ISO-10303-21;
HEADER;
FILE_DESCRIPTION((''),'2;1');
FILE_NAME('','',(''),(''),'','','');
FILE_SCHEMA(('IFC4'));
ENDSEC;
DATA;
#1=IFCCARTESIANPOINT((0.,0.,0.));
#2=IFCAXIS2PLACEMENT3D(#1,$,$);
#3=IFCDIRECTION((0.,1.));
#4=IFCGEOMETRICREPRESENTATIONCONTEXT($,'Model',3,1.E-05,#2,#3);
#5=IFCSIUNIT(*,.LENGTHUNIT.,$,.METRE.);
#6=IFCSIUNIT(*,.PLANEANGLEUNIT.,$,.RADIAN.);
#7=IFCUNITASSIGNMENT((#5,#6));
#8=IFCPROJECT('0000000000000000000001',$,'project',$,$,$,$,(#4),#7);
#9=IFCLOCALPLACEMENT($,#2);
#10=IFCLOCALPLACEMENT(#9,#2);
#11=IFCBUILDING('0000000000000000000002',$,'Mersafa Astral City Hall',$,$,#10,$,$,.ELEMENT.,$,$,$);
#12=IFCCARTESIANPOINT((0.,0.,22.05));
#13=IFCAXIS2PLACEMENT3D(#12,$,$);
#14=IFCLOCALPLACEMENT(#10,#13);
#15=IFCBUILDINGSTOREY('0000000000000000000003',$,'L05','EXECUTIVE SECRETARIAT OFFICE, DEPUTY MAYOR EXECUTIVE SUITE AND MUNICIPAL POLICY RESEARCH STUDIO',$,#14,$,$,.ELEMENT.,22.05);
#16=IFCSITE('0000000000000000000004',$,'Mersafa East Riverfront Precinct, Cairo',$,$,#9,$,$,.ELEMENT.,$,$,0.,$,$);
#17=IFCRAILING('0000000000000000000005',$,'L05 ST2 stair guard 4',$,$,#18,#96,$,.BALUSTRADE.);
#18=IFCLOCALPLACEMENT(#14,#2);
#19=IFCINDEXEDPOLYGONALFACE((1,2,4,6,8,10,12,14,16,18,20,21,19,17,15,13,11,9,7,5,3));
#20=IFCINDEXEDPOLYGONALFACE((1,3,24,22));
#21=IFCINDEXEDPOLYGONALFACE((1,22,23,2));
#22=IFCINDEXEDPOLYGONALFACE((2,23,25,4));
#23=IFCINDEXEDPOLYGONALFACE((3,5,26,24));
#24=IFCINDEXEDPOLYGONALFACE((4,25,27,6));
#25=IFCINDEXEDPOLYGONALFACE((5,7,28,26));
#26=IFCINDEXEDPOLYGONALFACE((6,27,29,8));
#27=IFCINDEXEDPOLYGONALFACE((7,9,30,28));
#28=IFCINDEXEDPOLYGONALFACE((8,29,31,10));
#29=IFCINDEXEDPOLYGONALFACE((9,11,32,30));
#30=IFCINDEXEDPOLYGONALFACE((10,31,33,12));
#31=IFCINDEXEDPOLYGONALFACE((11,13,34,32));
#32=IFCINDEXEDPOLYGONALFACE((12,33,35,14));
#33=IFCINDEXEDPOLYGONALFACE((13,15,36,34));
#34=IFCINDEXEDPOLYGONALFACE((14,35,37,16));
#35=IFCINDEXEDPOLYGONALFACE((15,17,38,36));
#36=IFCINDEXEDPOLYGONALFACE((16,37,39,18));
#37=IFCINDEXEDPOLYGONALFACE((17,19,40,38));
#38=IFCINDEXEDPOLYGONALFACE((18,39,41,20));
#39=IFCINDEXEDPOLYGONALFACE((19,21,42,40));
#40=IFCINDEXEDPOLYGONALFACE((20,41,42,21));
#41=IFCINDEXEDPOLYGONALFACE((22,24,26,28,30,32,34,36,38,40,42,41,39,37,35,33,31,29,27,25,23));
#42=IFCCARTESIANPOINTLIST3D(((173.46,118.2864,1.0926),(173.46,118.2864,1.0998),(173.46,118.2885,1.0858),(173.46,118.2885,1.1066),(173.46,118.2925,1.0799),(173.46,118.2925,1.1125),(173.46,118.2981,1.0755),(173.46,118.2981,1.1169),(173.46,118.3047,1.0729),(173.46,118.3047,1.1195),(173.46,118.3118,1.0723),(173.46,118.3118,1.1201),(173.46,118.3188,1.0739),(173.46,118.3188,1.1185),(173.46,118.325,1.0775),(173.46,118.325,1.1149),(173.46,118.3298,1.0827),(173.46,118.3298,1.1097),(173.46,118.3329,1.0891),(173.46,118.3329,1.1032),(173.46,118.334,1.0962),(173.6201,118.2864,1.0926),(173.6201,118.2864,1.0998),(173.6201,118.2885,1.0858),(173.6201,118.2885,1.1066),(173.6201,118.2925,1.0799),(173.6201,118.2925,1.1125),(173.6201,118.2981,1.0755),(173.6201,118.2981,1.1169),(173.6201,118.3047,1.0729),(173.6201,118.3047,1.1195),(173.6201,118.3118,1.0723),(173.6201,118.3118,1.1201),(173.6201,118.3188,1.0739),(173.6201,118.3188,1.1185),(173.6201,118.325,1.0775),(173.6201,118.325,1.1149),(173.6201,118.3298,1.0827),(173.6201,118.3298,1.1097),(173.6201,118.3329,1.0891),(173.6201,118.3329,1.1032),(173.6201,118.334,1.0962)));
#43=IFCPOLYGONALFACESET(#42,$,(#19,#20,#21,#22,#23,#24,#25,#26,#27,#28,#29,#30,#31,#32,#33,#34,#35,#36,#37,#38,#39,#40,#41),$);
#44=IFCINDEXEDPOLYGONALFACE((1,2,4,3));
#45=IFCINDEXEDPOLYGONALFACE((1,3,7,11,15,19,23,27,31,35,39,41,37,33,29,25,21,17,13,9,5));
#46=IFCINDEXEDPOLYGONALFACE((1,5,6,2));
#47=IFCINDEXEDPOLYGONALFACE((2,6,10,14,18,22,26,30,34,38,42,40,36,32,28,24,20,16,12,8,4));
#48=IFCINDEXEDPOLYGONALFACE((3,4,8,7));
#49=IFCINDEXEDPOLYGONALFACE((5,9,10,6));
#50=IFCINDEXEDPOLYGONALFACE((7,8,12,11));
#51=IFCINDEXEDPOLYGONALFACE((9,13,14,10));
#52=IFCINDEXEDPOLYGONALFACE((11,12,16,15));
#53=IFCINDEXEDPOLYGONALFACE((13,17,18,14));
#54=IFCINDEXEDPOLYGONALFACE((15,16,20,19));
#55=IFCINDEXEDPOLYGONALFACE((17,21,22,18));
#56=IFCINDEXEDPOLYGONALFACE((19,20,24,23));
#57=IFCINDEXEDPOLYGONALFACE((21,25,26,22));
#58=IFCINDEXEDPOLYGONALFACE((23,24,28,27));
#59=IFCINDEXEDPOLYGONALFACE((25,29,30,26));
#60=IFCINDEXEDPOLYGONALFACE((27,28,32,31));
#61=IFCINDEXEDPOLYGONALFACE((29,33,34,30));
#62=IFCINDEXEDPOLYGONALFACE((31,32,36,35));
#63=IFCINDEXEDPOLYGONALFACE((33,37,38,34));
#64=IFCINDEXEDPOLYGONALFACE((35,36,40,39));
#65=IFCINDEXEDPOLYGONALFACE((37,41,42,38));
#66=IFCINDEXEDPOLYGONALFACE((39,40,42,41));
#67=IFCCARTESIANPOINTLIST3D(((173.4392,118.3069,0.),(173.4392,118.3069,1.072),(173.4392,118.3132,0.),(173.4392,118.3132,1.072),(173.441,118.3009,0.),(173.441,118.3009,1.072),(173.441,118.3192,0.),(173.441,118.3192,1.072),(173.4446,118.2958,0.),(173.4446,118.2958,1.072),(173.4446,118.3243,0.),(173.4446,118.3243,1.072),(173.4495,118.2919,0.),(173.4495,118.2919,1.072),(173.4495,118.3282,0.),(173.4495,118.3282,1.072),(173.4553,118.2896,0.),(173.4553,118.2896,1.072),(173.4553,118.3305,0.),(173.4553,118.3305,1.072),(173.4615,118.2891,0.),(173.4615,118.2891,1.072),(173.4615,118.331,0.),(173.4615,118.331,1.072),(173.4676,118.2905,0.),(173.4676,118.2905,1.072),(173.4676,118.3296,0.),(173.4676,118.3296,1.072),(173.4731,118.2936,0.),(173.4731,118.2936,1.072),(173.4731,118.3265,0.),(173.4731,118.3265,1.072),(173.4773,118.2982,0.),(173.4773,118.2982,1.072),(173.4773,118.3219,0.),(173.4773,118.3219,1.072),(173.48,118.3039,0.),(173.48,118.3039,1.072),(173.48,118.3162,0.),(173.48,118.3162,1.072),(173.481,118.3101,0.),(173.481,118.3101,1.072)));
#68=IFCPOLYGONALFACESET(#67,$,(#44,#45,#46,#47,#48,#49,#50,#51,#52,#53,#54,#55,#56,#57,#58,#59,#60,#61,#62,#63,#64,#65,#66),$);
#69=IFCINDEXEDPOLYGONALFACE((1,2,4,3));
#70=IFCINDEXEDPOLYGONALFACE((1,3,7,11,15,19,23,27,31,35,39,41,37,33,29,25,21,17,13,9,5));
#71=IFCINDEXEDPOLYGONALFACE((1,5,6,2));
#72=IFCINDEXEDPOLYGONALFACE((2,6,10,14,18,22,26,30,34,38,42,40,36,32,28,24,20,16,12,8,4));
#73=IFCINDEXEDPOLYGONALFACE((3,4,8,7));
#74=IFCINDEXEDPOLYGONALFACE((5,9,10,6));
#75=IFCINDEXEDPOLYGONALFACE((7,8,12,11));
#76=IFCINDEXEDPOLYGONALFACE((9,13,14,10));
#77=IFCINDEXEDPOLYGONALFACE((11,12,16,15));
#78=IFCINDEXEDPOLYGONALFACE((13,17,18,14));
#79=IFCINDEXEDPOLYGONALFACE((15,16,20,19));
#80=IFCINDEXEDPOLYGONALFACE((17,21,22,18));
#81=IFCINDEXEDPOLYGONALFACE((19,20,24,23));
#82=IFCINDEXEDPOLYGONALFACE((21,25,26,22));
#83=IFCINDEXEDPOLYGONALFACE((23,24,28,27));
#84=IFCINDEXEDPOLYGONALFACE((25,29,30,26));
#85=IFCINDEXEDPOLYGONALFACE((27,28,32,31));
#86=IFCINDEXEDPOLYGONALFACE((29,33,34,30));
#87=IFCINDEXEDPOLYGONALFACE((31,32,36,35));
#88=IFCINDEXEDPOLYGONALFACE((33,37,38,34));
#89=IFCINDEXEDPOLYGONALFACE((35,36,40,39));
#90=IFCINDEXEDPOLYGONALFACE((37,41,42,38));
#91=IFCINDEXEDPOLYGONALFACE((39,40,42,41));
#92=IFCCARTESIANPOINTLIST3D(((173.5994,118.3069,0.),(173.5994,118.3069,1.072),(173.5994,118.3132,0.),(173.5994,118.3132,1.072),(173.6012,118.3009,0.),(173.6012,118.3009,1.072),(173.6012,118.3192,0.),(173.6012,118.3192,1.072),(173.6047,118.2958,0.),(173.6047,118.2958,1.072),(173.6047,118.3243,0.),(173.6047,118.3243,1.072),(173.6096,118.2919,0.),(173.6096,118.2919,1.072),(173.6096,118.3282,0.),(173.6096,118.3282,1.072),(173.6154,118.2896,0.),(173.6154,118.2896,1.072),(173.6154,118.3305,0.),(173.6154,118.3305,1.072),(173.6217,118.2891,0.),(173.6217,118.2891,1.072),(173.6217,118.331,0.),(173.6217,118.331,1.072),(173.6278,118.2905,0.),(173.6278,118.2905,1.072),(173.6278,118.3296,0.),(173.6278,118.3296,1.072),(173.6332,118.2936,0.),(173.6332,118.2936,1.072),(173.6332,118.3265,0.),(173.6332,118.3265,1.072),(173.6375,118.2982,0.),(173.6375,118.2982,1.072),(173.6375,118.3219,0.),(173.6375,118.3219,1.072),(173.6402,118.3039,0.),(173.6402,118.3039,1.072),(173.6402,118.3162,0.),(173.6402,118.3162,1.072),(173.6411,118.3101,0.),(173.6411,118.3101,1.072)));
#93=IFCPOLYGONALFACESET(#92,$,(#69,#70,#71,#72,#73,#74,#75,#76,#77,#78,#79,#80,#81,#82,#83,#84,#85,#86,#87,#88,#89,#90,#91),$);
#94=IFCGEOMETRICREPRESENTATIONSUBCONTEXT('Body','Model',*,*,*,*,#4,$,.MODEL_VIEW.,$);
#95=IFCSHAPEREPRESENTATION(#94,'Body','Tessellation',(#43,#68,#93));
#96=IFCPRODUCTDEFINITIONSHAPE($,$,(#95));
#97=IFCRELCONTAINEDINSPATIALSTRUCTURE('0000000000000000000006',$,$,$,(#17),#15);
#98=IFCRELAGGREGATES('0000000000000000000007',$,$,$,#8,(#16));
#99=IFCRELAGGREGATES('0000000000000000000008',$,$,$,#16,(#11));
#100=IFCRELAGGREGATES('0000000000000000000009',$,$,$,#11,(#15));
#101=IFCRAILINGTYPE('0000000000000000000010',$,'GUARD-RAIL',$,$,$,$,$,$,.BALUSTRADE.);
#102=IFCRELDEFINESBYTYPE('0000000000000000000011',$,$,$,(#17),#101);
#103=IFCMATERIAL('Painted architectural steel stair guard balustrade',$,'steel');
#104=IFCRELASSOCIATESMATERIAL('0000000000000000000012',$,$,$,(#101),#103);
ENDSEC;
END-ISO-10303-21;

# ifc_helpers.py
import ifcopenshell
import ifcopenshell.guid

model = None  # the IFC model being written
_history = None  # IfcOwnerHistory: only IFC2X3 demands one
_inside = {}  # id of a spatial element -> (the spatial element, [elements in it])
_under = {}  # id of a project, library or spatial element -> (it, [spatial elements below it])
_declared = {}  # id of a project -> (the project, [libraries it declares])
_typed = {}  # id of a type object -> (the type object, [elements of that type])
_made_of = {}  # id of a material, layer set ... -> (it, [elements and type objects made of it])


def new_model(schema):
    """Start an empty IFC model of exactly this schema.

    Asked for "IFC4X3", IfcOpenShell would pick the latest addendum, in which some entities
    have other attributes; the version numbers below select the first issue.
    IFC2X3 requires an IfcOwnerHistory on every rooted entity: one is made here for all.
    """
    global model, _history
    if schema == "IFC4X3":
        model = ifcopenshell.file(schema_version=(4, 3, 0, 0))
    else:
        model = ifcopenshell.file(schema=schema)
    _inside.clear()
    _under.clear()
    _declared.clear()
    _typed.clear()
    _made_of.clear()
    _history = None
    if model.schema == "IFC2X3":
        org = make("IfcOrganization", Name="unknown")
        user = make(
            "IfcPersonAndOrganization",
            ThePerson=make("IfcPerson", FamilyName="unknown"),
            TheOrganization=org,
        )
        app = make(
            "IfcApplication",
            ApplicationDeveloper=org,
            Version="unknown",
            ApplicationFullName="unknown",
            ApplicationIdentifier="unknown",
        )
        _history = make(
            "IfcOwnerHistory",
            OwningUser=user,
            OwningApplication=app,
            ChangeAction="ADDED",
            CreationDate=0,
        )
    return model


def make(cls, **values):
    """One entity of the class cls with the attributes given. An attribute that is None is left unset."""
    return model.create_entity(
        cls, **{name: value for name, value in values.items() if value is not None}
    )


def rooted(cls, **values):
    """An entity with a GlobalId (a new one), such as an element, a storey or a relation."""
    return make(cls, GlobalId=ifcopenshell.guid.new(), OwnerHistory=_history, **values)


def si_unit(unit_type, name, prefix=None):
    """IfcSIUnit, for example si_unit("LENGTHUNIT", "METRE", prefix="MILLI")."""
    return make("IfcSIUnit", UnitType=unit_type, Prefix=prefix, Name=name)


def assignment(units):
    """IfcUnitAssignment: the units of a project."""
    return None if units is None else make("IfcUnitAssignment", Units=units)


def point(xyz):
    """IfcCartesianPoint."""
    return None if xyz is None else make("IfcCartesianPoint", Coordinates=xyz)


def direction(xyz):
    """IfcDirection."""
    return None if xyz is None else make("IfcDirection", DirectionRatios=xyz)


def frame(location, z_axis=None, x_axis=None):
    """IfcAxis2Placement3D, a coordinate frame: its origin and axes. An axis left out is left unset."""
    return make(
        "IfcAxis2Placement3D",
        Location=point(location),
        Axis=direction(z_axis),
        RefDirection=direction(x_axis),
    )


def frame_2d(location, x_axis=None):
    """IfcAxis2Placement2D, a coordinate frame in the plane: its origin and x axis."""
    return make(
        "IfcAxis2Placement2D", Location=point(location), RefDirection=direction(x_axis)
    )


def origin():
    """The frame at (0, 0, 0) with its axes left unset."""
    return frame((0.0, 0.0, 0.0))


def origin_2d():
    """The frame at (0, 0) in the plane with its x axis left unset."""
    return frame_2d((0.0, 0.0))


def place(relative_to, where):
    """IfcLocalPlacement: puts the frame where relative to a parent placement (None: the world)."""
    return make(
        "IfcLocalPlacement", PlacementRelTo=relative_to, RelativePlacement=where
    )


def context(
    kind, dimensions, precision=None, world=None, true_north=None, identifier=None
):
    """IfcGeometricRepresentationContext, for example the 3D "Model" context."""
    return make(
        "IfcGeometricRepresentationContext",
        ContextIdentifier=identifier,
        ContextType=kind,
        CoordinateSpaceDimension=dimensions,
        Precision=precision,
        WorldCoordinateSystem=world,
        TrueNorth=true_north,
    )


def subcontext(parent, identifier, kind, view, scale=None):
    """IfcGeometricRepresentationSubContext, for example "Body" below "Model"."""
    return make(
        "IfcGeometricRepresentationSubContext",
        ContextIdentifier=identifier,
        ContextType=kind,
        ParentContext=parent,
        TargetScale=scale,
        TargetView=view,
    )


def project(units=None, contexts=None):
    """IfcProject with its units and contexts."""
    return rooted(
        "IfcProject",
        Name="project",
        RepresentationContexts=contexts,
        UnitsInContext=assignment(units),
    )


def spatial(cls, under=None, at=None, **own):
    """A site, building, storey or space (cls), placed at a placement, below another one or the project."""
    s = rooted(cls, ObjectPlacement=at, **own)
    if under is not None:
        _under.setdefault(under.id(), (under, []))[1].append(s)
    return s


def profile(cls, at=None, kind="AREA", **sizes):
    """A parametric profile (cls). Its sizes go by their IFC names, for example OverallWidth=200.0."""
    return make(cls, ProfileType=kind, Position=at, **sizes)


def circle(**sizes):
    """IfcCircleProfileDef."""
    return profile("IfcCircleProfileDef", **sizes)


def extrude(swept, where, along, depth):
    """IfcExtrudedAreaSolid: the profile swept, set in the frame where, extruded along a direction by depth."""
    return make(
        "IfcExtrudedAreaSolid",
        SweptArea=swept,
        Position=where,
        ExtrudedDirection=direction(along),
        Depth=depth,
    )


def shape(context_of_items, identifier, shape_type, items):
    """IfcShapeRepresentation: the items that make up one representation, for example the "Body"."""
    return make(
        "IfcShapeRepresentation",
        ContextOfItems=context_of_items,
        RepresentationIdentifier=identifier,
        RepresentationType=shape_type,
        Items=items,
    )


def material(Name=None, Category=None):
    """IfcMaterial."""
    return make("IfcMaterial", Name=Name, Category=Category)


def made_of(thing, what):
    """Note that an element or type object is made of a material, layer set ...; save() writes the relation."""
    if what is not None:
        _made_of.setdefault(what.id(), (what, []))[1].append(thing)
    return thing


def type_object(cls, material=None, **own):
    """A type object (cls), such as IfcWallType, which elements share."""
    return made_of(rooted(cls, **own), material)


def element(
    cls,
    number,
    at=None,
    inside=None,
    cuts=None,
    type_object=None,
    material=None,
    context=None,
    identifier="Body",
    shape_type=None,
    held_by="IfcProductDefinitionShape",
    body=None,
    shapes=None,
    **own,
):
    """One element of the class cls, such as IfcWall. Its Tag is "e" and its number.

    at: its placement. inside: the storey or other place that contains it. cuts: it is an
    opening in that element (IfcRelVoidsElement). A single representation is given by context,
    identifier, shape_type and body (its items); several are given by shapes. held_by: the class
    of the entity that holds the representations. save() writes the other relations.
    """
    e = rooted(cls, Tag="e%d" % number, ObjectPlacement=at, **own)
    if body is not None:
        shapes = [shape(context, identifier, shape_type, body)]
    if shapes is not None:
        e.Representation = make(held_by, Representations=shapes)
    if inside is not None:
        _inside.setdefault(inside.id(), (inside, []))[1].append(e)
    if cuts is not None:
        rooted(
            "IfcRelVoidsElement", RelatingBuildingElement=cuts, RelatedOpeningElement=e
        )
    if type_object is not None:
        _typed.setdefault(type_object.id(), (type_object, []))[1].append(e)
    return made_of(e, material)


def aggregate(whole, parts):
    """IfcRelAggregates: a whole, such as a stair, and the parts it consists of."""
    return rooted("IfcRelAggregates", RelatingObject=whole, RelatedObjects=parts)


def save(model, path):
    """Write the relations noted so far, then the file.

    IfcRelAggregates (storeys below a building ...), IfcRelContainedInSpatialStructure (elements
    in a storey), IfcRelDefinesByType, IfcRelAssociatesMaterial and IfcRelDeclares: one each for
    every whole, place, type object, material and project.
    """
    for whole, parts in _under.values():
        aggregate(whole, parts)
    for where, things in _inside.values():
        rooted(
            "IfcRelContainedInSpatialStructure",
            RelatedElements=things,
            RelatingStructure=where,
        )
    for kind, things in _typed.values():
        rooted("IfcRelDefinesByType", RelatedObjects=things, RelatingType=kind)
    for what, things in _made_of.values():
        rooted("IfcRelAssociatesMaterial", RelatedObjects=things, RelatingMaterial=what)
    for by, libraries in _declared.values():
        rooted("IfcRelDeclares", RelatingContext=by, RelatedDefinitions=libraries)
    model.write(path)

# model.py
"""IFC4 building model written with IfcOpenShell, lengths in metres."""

from ifc_helpers import new_model, si_unit, direction, frame, origin, origin_2d, place, context, subcontext, project, spatial, circle, extrude, material, type_object, element, save


model = new_model("IFC4")

# Units and contexts
model_context = context("Model", 3, precision=1e-05, world=origin(), true_north=direction((0.0, 1.0)))
body_context = subcontext(model_context, "Body", "Model", "MODEL_VIEW")
ifc_project = project(units=[si_unit("LENGTHUNIT", "METRE"), si_unit("PLANEANGLEUNIT", "RADIAN")], contexts=[model_context])

# Site, building, storey
site_placement = place(None, origin())
site = spatial("IfcSite", under=ifc_project, at=site_placement, Name="Mersafa East Riverfront Precinct, Cairo", CompositionType="ELEMENT", RefElevation=0.0)
building_placement = place(site_placement, origin())
building = spatial("IfcBuilding", under=site, at=building_placement, Name="Mersafa Astral City Hall", CompositionType="ELEMENT")
storey_placement = place(building_placement, frame((0.0, 0.0, 22.05)))
storey = spatial("IfcBuildingStorey", under=building, at=storey_placement, Name="L05", Description="EXECUTIVE SECRETARIAT OFFICE, DEPUTY MAYOR EXECUTIVE SUITE AND MUNICIPAL POLICY RESEARCH STUDIO", CompositionType="ELEMENT", Elevation=22.05)

# Railing
ifc_material_1 = material(Name="Painted architectural steel stair guard balustrade", Category="steel")
railing_type_1 = type_object("IfcRailingType", Name="GUARD-RAIL", PredefinedType="BALUSTRADE", material=ifc_material_1)
railing_1_placement = place(storey_placement, frame((173.46, 118.3101, 0.0)))
element("IfcRailing", 1, at=railing_1_placement, inside=storey, type_object=railing_type_1, Name="L05 ST2 stair guard 4", PredefinedType="BALUSTRADE", context=body_context, shape_type="SweptSolid", body=[
    extrude(circle(Radius=0.0239, at=origin_2d()), frame((0.0, 0.0, 1.0962), z_axis=(1.0, 0.0, 0.0), x_axis=(0.0, 1.0, 0.0)), (0.0, 0.0, 1.0), 0.1602),
    extrude(circle(Radius=0.021, at=origin_2d()), origin(), (0.0, 0.0, 1.0), 1.072),
    extrude(circle(Radius=0.021, at=origin_2d()), frame((0.1602, 0.0, 0.0)), (0.0, 0.0, 1.0), 1.072),
])

save(model, "model.ifc")
